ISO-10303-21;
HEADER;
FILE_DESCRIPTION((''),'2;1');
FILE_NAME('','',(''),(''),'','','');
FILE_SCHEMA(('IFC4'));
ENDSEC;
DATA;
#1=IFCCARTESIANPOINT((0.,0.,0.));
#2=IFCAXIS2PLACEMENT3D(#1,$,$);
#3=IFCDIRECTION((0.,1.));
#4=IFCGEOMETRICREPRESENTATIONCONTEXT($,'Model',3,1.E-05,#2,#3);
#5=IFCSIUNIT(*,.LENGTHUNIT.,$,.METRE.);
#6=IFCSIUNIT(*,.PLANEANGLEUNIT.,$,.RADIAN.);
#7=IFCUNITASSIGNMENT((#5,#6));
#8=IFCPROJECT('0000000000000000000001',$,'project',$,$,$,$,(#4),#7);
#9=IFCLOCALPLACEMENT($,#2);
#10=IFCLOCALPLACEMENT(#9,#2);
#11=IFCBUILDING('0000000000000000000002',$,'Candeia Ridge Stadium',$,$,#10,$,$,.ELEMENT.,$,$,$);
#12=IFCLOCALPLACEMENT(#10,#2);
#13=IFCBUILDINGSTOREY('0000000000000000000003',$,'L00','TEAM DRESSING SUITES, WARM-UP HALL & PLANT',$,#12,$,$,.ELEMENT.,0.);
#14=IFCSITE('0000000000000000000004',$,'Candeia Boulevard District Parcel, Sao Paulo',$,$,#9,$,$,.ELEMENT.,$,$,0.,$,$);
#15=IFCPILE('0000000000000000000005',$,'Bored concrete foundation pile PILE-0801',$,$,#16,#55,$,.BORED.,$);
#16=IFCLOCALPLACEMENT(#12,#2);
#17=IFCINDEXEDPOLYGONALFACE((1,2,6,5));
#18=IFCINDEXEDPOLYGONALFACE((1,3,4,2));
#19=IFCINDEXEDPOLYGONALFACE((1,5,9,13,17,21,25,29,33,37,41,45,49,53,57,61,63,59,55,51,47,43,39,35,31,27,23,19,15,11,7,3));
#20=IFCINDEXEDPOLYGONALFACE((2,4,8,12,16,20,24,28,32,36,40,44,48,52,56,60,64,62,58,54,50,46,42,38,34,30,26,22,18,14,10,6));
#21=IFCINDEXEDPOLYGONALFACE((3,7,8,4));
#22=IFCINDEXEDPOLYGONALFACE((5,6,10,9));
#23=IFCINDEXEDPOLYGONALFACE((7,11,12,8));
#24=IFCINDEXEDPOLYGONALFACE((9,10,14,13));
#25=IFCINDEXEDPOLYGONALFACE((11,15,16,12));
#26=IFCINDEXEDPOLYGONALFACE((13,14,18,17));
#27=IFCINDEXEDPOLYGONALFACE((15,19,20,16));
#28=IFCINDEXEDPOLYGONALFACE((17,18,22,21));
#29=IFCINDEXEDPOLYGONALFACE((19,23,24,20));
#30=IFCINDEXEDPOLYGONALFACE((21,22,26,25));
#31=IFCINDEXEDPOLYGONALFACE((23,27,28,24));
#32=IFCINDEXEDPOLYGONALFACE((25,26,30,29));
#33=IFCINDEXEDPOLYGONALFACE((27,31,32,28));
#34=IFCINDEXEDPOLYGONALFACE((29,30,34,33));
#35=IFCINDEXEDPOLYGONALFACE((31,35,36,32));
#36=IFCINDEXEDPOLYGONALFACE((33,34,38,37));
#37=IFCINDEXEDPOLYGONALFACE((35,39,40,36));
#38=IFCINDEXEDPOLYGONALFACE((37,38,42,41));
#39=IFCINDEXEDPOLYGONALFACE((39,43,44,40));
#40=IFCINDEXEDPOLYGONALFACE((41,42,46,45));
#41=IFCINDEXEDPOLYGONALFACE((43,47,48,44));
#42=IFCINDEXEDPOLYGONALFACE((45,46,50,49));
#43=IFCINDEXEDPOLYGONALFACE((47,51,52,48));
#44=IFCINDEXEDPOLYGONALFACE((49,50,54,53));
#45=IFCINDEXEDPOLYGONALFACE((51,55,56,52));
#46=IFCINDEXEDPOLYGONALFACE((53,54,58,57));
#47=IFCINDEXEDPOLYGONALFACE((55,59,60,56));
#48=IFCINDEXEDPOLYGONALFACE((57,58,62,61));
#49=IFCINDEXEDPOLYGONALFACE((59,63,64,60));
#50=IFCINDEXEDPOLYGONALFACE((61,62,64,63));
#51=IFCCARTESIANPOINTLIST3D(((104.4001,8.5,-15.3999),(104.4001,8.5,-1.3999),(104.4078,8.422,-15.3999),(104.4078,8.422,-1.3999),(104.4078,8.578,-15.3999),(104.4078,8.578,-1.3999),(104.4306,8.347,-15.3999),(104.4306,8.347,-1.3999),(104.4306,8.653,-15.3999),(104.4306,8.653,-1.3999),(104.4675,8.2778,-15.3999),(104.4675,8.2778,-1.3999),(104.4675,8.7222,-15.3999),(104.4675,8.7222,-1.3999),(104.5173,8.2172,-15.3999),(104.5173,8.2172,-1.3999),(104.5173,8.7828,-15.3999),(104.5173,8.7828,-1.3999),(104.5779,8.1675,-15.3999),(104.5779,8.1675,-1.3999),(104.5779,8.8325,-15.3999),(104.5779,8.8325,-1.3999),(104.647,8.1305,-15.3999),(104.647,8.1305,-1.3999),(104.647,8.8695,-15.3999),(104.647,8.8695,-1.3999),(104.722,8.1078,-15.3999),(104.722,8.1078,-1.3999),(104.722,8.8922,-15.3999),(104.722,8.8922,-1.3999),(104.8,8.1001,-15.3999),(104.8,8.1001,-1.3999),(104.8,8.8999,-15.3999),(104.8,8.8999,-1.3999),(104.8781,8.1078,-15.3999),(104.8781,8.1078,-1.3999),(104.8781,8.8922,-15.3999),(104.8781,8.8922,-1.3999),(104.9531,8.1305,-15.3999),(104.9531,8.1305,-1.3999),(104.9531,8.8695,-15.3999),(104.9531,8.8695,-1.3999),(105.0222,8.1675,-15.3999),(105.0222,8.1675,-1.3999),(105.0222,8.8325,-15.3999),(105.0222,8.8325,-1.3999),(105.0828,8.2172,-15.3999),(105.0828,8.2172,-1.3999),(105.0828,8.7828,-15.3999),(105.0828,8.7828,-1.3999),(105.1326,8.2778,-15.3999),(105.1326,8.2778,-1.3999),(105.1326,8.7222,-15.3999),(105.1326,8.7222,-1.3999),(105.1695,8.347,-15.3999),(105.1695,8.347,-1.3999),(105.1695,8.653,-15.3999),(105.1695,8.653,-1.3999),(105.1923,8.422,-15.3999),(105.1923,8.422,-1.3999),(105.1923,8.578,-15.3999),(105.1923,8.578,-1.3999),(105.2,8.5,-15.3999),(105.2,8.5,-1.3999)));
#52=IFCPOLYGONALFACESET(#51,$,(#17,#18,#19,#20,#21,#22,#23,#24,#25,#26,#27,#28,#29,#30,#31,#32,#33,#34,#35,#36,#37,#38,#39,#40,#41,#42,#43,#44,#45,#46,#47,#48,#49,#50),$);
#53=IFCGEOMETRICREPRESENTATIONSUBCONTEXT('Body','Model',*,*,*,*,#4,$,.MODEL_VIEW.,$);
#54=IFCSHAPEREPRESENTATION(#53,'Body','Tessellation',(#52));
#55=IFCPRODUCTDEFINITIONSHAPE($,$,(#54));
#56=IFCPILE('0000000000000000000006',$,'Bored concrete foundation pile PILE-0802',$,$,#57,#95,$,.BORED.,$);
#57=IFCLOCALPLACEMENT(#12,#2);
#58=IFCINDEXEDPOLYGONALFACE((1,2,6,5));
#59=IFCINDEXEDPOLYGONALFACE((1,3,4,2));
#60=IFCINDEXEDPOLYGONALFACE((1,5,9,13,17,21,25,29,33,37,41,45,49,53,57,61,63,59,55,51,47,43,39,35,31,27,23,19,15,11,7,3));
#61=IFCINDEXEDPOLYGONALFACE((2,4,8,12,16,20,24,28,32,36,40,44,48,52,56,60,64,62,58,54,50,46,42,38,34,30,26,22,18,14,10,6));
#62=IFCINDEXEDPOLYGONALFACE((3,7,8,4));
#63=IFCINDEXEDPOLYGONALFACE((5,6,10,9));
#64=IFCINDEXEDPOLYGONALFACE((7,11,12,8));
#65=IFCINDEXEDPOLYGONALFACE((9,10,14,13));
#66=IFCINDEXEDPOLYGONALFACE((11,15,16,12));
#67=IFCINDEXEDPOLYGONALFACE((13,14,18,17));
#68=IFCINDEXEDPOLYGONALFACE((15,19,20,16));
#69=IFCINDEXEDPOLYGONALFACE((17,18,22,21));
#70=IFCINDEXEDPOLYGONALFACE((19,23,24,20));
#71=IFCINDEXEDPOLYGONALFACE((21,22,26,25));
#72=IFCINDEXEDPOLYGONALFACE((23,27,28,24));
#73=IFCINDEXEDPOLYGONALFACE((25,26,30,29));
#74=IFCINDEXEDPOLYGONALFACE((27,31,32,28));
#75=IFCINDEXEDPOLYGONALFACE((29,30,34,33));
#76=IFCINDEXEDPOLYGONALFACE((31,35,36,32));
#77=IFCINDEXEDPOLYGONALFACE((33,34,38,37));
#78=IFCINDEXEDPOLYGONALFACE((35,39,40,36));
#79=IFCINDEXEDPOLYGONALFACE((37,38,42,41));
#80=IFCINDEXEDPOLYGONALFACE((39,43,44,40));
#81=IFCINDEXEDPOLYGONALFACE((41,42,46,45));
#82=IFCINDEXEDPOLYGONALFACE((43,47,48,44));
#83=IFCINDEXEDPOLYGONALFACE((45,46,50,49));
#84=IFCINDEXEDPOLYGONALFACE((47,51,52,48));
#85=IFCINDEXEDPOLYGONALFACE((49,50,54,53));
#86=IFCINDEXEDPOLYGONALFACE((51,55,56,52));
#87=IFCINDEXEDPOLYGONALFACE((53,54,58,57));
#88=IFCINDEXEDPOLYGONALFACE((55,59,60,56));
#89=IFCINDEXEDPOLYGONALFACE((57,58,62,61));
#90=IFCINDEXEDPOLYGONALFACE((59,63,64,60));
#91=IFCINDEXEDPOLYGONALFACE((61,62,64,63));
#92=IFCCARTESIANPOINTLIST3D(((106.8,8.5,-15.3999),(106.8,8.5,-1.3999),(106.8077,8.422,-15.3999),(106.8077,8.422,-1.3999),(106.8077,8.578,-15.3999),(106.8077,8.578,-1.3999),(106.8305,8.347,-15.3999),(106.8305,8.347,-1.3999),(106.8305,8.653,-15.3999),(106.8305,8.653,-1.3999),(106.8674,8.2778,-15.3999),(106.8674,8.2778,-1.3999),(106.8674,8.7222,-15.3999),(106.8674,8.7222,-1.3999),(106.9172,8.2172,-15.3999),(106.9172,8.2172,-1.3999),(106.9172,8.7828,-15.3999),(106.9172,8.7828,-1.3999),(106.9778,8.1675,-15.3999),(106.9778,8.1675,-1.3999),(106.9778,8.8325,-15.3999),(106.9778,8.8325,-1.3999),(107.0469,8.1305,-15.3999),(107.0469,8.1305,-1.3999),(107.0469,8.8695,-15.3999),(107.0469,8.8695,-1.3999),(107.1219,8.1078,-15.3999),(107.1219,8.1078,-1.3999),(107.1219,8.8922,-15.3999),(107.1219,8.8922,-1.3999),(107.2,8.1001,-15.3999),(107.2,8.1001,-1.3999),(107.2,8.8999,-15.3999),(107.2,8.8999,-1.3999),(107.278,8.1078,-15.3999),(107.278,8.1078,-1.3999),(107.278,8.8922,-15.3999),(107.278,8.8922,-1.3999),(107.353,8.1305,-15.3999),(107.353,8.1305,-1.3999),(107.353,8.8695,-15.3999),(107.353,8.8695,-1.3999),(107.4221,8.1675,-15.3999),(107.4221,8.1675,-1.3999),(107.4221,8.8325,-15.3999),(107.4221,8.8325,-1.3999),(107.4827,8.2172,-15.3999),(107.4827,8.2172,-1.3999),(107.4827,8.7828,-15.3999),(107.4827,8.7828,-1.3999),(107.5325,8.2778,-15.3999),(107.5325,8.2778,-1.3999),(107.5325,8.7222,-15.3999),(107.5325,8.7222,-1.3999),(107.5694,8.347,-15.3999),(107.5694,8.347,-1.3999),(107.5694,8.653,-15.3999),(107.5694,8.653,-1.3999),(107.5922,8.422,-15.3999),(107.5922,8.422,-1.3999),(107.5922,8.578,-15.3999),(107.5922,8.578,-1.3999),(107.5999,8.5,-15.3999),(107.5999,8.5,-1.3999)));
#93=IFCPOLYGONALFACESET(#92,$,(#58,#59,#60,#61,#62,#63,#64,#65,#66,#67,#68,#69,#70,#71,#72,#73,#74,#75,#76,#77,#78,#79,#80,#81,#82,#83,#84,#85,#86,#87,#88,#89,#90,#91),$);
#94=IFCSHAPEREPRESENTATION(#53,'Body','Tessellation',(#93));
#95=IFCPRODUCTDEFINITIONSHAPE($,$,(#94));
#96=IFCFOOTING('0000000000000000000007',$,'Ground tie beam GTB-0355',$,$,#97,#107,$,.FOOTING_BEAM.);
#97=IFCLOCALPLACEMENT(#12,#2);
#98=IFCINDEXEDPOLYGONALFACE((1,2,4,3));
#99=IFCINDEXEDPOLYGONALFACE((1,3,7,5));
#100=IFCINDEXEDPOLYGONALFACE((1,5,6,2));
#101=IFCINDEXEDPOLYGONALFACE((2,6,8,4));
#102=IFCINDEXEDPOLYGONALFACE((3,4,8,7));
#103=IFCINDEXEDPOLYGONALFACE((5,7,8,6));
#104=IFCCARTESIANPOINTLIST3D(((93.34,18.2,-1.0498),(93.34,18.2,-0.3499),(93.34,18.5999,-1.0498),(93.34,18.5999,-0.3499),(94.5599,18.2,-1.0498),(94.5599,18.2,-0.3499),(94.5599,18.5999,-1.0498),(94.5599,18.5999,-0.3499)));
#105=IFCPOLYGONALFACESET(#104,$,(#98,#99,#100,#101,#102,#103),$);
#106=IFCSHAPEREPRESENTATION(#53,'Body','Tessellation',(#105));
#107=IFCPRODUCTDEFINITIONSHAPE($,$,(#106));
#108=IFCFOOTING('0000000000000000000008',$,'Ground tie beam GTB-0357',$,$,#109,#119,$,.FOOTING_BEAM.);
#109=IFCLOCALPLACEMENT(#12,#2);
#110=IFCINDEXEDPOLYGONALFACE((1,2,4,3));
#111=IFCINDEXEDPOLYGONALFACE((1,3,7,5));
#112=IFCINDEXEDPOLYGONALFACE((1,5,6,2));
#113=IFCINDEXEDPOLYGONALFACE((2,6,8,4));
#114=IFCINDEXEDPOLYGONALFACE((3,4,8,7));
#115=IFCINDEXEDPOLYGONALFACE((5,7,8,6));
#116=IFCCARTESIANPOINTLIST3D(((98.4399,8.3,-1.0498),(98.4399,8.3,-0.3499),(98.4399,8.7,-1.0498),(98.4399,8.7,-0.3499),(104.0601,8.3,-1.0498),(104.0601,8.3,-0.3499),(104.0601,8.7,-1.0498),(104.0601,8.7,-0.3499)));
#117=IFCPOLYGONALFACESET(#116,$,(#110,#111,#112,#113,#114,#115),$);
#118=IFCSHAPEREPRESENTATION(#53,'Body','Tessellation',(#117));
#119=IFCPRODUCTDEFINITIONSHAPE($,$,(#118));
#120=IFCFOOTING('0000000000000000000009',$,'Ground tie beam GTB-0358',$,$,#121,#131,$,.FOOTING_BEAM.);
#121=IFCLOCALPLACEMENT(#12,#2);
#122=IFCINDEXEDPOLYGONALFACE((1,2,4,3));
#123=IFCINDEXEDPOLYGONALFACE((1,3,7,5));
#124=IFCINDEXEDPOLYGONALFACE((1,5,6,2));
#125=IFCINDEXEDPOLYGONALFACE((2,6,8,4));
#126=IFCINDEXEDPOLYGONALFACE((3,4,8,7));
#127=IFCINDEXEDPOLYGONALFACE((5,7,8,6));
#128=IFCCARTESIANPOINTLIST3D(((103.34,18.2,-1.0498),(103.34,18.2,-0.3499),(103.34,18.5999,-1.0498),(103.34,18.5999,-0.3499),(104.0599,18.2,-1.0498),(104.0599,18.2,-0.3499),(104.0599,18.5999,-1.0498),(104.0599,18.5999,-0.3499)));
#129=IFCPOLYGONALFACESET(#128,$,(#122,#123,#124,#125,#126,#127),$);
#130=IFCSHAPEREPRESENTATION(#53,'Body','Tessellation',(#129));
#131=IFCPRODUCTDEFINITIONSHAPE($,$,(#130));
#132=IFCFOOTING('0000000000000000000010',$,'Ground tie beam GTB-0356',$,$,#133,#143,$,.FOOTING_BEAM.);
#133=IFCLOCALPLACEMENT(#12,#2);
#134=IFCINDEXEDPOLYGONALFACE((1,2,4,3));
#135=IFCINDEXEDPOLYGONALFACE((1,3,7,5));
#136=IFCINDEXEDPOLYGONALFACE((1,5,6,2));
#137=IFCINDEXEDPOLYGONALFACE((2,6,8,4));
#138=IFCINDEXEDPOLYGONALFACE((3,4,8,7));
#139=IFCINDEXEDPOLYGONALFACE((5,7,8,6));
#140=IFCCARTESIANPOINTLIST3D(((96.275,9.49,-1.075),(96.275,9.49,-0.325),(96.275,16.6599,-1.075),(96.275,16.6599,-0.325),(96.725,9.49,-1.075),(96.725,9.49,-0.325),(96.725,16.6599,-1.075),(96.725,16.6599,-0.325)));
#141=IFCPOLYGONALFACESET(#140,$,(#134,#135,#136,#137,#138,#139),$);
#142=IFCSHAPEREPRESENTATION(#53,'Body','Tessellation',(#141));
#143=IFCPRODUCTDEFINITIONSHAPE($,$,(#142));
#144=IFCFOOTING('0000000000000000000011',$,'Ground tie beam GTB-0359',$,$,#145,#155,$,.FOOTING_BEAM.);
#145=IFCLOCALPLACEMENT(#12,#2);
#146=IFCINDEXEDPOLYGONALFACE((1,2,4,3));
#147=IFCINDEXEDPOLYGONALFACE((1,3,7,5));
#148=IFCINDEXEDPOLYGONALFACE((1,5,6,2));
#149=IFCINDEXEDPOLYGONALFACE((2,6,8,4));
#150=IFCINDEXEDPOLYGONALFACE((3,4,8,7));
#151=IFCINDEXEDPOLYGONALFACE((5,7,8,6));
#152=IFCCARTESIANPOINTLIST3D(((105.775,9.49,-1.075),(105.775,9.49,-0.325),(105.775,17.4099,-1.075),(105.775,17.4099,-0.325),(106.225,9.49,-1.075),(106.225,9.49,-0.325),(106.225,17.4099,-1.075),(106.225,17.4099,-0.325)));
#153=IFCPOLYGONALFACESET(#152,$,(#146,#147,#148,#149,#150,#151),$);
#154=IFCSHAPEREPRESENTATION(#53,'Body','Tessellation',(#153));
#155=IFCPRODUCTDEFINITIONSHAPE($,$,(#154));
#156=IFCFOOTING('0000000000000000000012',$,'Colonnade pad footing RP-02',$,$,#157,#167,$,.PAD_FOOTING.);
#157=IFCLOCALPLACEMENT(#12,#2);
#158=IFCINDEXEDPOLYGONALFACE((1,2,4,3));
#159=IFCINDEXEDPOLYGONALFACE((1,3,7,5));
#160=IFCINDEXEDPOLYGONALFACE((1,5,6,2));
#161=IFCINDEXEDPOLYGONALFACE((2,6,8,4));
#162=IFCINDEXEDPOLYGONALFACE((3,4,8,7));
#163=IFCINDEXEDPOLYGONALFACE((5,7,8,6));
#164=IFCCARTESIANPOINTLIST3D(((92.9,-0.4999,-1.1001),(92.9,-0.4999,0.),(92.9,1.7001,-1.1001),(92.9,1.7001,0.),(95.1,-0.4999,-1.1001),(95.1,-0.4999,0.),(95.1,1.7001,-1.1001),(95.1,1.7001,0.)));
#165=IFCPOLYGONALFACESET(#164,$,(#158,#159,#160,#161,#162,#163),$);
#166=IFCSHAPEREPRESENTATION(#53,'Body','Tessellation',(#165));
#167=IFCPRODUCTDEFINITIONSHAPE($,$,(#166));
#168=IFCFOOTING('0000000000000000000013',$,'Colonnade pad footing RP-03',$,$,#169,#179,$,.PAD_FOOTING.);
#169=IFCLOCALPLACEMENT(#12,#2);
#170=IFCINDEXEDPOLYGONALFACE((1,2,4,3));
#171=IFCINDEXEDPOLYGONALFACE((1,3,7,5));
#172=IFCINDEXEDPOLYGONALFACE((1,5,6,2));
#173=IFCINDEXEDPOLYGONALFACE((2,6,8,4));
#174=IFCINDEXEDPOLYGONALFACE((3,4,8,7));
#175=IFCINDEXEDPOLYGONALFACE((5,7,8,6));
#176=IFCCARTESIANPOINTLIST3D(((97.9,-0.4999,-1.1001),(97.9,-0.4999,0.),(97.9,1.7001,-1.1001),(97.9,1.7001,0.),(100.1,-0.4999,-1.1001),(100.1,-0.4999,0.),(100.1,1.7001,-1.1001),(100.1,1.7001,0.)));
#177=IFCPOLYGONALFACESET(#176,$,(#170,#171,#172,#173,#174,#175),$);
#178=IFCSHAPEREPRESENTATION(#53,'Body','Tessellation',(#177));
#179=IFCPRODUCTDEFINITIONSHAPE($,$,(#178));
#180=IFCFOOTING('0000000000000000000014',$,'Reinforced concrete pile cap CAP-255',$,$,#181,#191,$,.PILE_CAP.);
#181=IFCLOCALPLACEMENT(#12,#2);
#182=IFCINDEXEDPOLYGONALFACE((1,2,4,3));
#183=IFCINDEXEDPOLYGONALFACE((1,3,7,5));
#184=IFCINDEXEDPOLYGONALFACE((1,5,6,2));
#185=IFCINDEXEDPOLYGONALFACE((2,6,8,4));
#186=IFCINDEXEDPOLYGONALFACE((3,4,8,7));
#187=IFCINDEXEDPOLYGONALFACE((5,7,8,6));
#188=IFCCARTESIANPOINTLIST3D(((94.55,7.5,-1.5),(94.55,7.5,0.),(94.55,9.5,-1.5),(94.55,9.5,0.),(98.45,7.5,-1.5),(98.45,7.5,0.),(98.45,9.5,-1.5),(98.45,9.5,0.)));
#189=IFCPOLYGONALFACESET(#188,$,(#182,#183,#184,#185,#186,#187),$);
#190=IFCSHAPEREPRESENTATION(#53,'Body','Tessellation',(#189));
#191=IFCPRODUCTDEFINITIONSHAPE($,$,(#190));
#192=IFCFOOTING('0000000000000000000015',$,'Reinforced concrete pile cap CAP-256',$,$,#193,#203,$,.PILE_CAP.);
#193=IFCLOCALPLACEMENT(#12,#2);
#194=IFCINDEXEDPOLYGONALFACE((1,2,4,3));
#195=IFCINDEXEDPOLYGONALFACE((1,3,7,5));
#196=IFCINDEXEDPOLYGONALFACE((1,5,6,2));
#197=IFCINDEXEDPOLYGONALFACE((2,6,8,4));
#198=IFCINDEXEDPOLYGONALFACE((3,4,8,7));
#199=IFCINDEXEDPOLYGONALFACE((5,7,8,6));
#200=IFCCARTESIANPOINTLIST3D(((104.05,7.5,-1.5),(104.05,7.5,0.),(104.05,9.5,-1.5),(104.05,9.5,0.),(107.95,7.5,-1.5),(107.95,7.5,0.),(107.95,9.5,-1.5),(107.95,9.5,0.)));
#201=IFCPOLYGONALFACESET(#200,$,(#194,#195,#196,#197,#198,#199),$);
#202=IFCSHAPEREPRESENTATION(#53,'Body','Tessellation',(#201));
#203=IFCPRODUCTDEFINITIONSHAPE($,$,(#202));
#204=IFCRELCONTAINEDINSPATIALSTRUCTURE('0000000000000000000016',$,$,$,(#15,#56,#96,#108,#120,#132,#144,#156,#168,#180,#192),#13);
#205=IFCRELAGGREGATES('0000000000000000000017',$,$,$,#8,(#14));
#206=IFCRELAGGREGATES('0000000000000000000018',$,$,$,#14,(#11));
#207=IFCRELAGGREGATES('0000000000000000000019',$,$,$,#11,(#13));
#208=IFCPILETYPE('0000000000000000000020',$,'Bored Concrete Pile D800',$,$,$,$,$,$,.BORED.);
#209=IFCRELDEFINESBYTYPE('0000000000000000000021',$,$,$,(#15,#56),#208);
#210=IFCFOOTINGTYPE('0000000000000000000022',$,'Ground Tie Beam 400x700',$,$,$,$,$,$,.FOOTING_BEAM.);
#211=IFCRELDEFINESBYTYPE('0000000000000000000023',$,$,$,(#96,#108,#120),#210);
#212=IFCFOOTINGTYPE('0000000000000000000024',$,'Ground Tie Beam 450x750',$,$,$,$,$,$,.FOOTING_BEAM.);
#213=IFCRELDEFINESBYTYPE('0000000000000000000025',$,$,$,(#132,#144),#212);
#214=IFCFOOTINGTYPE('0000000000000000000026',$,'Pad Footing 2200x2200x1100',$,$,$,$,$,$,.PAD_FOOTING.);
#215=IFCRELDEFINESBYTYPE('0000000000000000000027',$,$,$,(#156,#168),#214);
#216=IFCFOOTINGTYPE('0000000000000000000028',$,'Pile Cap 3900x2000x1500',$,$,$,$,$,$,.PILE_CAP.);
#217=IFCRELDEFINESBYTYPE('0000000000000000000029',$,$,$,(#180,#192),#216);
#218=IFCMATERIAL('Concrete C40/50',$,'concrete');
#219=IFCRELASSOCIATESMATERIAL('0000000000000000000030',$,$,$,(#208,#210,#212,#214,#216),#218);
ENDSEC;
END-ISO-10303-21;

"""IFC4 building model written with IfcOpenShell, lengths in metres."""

from ifc_helpers import new_model, si_unit, direction, frame, origin, origin_2d, place, context, subcontext, project, spatial, rectangle, circle, extrude, material, material_profile, profile_set, type_object, element, save


model = new_model("IFC4")

# Units and contexts
model_context = context("Model", 3, precision=1e-05, world=origin(), true_north=direction((0.0, 1.0)))
body_context = subcontext(model_context, "Body", "Model", "MODEL_VIEW")
ifc_project = project(units=[si_unit("LENGTHUNIT", "METRE"), si_unit("PLANEANGLEUNIT", "RADIAN")], contexts=[model_context])

# Site, building, storey
site_placement = place(None, origin())
site = spatial("IfcSite", under=ifc_project, at=site_placement, Name="Candeia Boulevard District Parcel, Sao Paulo", CompositionType="ELEMENT", RefElevation=0.0)
building_placement = place(site_placement, origin())
building = spatial("IfcBuilding", under=site, at=building_placement, Name="Candeia Ridge Stadium", CompositionType="ELEMENT")
storey_placement = place(building_placement, origin())
storey = spatial("IfcBuildingStorey", under=building, at=storey_placement, Name="L00", Description="TEAM DRESSING SUITES, WARM-UP HALL & PLANT", CompositionType="ELEMENT", Elevation=0.0)

# Piles
ifc_material_1 = material(Name="Concrete C40/50", Category="concrete")
ifc_material_profile_1 = material_profile(ifc_material_1, circle(Radius=0.3999, at=origin_2d()), Name="PILE-D800", Category="concrete")
ifc_profile_set_1 = profile_set([ifc_material_profile_1], Name="Concrete C40/50")
pile_type_1 = type_object("IfcPileType", Name="Bored Concrete Pile D800", PredefinedType="BORED", material=ifc_profile_set_1)
for number, where, z_axis, x_axis, name in (
    (1, (104.8, 8.5, -1.3999), (0.0, 0.0, -1.0), (1.0, 0.0, 0.0), "Bored concrete foundation pile PILE-0801"),
    (2, (107.2, 8.5, -1.3999), (0.0, 0.0, -1.0), (1.0, 0.0, 0.0), "Bored concrete foundation pile PILE-0802"),
):
    element("IfcPile", number, at=place(storey_placement, frame(where, z_axis=z_axis, x_axis=x_axis)), inside=storey, type_object=pile_type_1, Name=name, PredefinedType="BORED", context=body_context, shape_type="SweptSolid", body=[
        extrude(circle(Radius=0.3999, at=origin_2d()), origin(), (0.0, 0.0, 1.0), 14.0),
    ])

# Footings
footing_type_1 = type_object("IfcFootingType", Name="Ground Tie Beam 400x700", PredefinedType="FOOTING_BEAM", material=ifc_material_1)
footing_1_placement = place(storey_placement, frame((93.95, 18.3999, -1.0498), z_axis=(0.0, 0.0, 1.0), x_axis=(1.0, 0.0, 0.0)))
element("IfcFooting", 3, at=footing_1_placement, inside=storey, type_object=footing_type_1, Name="Ground tie beam GTB-0355", PredefinedType="FOOTING_BEAM", context=body_context, shape_type="SweptSolid", body=[
    extrude(rectangle(XDim=1.22, YDim=0.3999, at=origin_2d()), origin(), (0.0, 0.0, 1.0), 0.7),
])
footing_2_placement = place(storey_placement, frame((101.25, 8.5, -1.0498), z_axis=(0.0, 0.0, 1.0), x_axis=(1.0, 0.0, 0.0)))
element("IfcFooting", 4, at=footing_2_placement, inside=storey, type_object=footing_type_1, Name="Ground tie beam GTB-0357", PredefinedType="FOOTING_BEAM", context=body_context, shape_type="SweptSolid", body=[
    extrude(rectangle(XDim=5.6201, YDim=0.3999, at=origin_2d()), origin(), (0.0, 0.0, 1.0), 0.7),
])
footing_3_placement = place(storey_placement, frame((103.7, 18.3999, -1.0498), z_axis=(0.0, 0.0, 1.0), x_axis=(1.0, 0.0, 0.0)))
element("IfcFooting", 5, at=footing_3_placement, inside=storey, type_object=footing_type_1, Name="Ground tie beam GTB-0358", PredefinedType="FOOTING_BEAM", context=body_context, shape_type="SweptSolid", body=[
    extrude(rectangle(XDim=0.72, YDim=0.3999, at=origin_2d()), origin(), (0.0, 0.0, 1.0), 0.7),
])
footing_type_2 = type_object("IfcFootingType", Name="Ground Tie Beam 450x750", PredefinedType="FOOTING_BEAM", material=ifc_material_1)
footing_4_placement = place(storey_placement, frame((96.5, 13.075, -1.075), z_axis=(0.0, 0.0, 1.0), x_axis=(0.0, 1.0, 0.0)))
element("IfcFooting", 6, at=footing_4_placement, inside=storey, type_object=footing_type_2, Name="Ground tie beam GTB-0356", PredefinedType="FOOTING_BEAM", context=body_context, shape_type="SweptSolid", body=[
    extrude(rectangle(XDim=7.1699, YDim=0.45, at=origin_2d()), origin(), (0.0, 0.0, 1.0), 0.75),
])
footing_5_placement = place(storey_placement, frame((106.0, 13.45, -1.075), z_axis=(0.0, 0.0, 1.0), x_axis=(0.0, 1.0, 0.0)))
element("IfcFooting", 7, at=footing_5_placement, inside=storey, type_object=footing_type_2, Name="Ground tie beam GTB-0359", PredefinedType="FOOTING_BEAM", context=body_context, shape_type="SweptSolid", body=[
    extrude(rectangle(XDim=7.9199, YDim=0.45, at=origin_2d()), origin(), (0.0, 0.0, 1.0), 0.75),
])
footing_type_3 = type_object("IfcFootingType", Name="Pad Footing 2200x2200x1100", PredefinedType="PAD_FOOTING", material=ifc_material_1)
for number, where, z_axis, x_axis, name in (
    (8, (94.0, 0.6001, -1.1001), (0.0, 0.0, 1.0), (1.0, 0.0, 0.0), "Colonnade pad footing RP-02"),
    (9, (99.0, 0.6001, -1.1001), (0.0, 0.0, 1.0), (1.0, 0.0, 0.0), "Colonnade pad footing RP-03"),
):
    element("IfcFooting", number, at=place(storey_placement, frame(where, z_axis=z_axis, x_axis=x_axis)), inside=storey, type_object=footing_type_3, Name=name, PredefinedType="PAD_FOOTING", context=body_context, shape_type="SweptSolid", body=[
        extrude(rectangle(XDim=2.2, YDim=2.2, at=origin_2d()), origin(), (0.0, 0.0, 1.0), 1.1001),
    ])
footing_type_4 = type_object("IfcFootingType", Name="Pile Cap 3900x2000x1500", PredefinedType="PILE_CAP", material=ifc_material_1)
for number, where, z_axis, x_axis, name in (
    (10, (96.5, 8.5, -1.5), (0.0, 0.0, 1.0), (1.0, 0.0, 0.0), "Reinforced concrete pile cap CAP-255"),
    (11, (106.0, 8.5, -1.5), (0.0, 0.0, 1.0), (1.0, 0.0, 0.0), "Reinforced concrete pile cap CAP-256"),
):
    element("IfcFooting", number, at=place(storey_placement, frame(where, z_axis=z_axis, x_axis=x_axis)), inside=storey, type_object=footing_type_4, Name=name, PredefinedType="PILE_CAP", context=body_context, shape_type="SweptSolid", body=[
        extrude(rectangle(XDim=3.8999, YDim=2.0, at=origin_2d()), origin(), (0.0, 0.0, 1.0), 1.5),
    ])

save(model, "model.ifc")
